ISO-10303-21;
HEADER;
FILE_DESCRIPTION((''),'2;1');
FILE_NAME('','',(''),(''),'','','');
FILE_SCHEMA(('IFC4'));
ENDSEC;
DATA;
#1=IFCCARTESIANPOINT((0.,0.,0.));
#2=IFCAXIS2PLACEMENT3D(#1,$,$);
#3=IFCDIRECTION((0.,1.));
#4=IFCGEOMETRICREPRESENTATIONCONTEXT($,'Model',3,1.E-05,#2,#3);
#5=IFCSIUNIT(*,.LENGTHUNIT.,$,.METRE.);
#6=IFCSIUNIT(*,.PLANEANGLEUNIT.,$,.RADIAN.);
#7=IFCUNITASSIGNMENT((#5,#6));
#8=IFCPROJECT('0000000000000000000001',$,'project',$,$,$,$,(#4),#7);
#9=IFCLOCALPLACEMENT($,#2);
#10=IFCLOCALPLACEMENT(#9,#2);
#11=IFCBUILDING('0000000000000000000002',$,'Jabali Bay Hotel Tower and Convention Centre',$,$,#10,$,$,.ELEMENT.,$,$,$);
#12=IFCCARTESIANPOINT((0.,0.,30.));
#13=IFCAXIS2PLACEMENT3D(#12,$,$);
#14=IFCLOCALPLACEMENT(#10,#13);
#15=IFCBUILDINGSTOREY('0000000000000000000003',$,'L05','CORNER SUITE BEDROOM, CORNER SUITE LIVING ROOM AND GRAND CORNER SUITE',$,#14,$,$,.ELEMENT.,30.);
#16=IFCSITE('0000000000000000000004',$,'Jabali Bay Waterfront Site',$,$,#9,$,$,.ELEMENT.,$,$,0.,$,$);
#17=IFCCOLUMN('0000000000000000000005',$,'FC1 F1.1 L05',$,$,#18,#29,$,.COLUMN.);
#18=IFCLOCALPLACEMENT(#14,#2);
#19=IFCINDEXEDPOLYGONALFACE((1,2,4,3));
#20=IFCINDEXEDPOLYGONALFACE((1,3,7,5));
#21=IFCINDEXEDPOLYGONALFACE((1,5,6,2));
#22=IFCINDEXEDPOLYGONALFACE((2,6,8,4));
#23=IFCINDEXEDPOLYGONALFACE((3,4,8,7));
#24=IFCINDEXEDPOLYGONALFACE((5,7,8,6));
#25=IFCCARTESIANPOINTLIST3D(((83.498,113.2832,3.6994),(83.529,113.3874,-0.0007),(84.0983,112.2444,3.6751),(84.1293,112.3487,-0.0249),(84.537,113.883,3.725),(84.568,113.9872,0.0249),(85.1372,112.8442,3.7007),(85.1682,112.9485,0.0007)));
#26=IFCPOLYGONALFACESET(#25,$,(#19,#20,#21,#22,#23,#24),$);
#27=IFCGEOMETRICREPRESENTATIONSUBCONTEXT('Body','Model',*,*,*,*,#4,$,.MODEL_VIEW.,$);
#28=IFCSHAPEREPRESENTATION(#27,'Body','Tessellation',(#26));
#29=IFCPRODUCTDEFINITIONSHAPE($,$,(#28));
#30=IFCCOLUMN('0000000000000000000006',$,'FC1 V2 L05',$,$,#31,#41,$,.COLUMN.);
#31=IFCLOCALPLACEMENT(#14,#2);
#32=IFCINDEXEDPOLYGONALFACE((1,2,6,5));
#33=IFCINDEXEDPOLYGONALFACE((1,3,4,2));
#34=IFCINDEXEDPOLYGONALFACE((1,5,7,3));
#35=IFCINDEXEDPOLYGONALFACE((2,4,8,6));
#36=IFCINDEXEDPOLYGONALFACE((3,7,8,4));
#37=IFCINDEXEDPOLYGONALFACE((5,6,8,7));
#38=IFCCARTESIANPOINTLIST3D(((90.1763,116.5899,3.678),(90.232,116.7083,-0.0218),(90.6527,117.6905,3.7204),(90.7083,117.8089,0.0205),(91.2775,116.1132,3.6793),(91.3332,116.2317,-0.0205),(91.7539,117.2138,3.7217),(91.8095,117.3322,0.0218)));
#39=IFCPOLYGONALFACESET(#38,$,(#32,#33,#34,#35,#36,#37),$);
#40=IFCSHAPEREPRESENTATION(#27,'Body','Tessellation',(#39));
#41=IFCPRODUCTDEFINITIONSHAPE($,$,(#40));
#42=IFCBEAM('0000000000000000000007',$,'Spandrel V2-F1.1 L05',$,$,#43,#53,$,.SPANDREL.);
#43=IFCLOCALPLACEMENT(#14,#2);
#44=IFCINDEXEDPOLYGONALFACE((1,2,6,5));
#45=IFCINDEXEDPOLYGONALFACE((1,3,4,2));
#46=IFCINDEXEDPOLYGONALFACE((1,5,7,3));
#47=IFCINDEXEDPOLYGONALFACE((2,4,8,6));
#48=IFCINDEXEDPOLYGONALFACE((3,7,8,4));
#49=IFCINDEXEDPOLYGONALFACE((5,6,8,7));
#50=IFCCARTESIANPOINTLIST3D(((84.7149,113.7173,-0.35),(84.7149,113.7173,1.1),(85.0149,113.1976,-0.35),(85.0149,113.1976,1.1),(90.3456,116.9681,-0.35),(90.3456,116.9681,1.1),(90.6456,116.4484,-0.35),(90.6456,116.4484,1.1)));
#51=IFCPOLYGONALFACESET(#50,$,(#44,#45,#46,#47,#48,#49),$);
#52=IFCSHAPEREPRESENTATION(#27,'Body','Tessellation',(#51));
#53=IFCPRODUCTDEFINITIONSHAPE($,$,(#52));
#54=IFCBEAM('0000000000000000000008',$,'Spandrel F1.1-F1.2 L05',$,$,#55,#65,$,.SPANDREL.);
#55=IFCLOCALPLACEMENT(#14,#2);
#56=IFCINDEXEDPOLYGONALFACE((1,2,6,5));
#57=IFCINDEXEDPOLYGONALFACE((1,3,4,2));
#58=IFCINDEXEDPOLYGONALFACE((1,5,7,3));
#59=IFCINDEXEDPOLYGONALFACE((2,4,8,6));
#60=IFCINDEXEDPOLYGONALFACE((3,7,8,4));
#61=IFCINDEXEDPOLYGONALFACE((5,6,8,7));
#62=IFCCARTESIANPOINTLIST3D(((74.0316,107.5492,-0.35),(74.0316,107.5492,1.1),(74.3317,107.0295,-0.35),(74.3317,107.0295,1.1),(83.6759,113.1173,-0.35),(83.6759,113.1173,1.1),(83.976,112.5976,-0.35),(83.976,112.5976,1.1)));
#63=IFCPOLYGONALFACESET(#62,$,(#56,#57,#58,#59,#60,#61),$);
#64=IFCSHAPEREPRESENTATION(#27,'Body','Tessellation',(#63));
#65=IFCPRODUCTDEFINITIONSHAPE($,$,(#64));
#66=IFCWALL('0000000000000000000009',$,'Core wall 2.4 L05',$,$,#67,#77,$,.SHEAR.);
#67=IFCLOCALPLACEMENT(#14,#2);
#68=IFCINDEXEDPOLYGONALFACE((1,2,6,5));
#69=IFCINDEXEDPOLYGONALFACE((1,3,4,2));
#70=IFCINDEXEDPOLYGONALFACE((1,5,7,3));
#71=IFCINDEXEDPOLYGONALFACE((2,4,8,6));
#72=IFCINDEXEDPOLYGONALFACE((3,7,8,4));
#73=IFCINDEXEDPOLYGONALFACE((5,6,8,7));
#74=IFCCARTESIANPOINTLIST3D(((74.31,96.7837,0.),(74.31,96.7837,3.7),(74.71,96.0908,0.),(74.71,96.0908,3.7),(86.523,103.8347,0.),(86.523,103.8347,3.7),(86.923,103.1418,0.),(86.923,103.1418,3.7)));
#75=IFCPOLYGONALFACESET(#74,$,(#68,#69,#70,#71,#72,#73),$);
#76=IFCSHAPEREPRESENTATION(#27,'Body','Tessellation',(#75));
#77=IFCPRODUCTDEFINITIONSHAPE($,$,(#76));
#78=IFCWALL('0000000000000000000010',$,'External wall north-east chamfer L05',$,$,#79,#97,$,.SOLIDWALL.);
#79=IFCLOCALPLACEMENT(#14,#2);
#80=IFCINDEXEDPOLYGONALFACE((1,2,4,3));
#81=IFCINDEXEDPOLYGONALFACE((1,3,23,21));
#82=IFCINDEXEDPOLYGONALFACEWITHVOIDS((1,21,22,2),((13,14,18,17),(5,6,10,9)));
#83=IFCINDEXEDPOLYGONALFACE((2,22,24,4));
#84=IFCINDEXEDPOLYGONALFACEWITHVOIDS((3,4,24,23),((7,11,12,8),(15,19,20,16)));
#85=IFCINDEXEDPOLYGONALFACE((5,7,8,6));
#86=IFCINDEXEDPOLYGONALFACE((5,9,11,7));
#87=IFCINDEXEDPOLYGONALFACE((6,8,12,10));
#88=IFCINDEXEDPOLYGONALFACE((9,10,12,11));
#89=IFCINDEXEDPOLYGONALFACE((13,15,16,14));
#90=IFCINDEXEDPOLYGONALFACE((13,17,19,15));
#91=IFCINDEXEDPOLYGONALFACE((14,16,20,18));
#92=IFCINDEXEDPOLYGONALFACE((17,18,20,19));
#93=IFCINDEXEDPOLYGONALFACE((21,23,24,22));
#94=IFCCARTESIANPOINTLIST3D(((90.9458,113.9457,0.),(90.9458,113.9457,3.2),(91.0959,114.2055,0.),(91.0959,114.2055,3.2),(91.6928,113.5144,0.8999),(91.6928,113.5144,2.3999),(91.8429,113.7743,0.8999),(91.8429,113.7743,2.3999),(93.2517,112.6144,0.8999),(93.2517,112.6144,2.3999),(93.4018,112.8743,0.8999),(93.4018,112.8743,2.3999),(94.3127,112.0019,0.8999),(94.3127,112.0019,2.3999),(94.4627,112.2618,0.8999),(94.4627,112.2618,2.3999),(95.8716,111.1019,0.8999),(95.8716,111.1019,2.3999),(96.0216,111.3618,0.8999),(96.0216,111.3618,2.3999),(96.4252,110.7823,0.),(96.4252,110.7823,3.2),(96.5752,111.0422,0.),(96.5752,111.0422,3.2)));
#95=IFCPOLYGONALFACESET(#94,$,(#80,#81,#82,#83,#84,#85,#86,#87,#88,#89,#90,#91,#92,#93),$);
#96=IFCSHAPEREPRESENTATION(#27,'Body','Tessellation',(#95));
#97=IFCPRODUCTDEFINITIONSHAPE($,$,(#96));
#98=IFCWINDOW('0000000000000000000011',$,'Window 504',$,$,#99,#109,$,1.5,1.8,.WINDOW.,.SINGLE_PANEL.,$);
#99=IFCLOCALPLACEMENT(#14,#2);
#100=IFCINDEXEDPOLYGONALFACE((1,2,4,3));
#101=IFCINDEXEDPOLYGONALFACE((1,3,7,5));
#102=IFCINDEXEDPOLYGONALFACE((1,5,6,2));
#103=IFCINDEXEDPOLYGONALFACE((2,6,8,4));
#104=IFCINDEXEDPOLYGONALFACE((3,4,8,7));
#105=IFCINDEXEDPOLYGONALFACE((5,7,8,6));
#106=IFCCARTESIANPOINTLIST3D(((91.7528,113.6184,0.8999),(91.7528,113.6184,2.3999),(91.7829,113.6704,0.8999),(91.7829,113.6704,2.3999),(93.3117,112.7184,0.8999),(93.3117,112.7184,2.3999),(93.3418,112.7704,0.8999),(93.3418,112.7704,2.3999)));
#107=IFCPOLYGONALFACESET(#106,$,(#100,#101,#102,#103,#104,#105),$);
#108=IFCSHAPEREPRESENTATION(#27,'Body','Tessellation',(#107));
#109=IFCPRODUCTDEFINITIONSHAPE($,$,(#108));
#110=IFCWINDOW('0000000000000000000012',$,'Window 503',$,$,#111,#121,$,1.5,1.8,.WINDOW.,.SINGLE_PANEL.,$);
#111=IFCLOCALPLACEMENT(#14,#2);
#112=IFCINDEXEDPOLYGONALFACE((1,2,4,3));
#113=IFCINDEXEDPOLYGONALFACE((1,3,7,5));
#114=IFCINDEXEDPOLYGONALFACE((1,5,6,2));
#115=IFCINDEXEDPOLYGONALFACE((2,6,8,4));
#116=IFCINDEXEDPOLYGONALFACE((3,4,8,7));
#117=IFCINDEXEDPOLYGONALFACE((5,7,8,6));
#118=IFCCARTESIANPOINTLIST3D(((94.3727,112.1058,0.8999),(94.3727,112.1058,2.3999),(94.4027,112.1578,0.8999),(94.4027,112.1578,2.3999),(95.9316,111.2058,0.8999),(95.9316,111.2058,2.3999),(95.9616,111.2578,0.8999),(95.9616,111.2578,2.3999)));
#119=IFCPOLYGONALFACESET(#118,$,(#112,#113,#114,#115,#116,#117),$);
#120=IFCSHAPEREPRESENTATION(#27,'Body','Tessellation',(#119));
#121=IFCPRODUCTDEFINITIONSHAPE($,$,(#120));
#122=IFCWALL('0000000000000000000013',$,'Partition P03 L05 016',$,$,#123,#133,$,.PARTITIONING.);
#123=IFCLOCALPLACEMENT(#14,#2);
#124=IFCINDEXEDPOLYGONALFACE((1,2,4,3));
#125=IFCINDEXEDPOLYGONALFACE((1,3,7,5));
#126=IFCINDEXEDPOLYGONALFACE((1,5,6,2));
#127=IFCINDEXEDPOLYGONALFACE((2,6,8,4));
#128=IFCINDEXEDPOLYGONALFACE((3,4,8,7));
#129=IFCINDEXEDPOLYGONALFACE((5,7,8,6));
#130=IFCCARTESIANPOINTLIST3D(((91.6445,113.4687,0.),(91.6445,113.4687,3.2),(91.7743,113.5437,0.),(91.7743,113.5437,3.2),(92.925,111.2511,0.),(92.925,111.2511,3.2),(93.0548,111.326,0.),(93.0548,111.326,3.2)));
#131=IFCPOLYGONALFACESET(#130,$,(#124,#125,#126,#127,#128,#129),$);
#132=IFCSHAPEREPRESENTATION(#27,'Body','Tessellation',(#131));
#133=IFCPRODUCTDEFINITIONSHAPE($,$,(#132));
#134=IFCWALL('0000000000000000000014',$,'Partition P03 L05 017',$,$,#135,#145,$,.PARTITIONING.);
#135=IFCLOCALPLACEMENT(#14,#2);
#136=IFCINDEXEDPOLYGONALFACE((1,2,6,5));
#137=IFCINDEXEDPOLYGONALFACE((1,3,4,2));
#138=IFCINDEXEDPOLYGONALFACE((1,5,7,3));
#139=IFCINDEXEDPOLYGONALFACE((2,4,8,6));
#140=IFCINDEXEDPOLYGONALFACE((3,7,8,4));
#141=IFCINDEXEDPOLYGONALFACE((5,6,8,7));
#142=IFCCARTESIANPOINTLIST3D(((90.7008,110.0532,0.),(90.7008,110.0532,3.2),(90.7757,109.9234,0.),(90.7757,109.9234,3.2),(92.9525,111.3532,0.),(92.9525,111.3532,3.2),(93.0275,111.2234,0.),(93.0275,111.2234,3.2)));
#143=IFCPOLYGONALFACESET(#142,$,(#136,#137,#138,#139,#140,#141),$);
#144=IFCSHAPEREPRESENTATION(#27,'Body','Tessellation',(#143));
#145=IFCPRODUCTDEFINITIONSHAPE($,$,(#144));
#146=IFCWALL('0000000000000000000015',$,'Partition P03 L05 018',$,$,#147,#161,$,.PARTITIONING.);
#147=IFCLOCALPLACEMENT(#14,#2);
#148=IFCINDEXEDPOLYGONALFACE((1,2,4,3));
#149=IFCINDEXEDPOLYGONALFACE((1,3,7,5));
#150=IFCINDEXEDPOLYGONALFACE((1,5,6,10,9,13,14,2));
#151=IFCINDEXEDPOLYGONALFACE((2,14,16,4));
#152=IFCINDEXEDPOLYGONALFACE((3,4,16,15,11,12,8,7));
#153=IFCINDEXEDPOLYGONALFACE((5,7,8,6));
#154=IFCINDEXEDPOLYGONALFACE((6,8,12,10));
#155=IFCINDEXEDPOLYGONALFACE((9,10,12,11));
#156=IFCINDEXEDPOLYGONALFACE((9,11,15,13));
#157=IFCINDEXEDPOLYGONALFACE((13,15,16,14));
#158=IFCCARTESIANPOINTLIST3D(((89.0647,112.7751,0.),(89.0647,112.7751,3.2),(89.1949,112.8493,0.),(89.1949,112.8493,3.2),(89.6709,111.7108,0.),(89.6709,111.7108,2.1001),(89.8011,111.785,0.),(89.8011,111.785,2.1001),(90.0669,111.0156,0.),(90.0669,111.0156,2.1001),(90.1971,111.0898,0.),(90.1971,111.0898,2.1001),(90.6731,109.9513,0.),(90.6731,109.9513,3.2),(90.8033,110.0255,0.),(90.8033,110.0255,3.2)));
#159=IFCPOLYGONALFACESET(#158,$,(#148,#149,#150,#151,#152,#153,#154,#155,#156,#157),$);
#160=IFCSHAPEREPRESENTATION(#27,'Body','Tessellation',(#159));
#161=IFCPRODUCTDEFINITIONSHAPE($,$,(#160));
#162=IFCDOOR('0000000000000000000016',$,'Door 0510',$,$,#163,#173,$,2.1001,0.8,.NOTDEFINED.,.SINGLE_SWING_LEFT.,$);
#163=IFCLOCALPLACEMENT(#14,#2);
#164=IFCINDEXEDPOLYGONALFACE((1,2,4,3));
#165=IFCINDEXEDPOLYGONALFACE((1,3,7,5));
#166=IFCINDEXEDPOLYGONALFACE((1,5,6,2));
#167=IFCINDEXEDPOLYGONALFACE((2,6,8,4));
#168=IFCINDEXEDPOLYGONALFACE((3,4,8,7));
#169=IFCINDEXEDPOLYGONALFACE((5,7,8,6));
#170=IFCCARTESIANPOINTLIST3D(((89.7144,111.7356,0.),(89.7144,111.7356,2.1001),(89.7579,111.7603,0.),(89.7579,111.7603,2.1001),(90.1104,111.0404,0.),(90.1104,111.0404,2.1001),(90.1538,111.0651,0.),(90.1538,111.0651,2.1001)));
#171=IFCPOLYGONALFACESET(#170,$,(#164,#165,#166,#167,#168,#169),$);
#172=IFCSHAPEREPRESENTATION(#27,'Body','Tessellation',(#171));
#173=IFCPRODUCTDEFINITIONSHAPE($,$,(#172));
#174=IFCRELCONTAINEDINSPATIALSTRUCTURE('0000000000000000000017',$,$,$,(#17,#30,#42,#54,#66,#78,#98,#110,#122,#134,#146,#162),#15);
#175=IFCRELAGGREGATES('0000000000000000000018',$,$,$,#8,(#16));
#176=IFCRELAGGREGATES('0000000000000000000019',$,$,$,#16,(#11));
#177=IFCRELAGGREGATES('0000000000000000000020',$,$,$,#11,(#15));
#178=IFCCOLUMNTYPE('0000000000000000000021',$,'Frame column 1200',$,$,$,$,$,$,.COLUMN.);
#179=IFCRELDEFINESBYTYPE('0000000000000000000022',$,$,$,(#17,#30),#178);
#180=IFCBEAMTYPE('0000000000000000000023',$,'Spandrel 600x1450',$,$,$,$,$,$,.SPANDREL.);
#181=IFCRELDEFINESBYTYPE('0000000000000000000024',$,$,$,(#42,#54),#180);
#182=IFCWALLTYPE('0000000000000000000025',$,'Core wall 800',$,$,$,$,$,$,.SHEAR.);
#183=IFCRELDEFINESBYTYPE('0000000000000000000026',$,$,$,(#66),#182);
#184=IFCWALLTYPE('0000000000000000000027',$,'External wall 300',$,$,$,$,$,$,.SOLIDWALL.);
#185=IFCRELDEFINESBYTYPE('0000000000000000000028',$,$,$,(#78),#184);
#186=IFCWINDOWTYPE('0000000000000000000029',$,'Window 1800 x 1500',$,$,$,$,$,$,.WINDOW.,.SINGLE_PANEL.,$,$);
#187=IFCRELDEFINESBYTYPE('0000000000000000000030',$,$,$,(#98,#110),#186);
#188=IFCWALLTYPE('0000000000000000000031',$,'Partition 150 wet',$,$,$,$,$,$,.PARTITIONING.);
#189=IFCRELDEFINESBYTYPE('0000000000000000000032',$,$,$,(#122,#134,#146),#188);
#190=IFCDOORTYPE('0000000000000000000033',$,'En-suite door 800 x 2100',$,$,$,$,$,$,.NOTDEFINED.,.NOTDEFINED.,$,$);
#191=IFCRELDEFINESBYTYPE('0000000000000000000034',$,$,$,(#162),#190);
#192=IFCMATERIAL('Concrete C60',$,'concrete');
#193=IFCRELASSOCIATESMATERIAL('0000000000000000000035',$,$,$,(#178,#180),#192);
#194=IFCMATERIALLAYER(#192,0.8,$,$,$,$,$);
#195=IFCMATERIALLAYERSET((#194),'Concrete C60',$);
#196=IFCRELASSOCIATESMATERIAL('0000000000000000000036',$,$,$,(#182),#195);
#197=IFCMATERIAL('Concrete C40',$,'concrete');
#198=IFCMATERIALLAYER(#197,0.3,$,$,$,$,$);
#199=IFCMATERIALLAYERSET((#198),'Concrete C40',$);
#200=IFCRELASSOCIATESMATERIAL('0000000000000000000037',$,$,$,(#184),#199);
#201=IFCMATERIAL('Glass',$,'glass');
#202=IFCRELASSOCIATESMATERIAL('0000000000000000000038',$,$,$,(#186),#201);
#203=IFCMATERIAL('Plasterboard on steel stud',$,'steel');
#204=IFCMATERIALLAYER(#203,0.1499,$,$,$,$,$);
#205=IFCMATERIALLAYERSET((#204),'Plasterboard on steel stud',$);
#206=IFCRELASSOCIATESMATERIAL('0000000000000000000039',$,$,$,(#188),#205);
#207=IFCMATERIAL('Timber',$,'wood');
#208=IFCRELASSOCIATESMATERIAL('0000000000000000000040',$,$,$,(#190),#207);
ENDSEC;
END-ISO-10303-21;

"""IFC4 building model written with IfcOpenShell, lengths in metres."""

from ifc_helpers import new_model, si_unit, direction, frame, frame_2d, origin, origin_2d, place, context, subcontext, project, spatial, rectangle, extrude, material, layer, layer_set, material_profile, profile_set, type_object, element, fill, save


model = new_model("IFC4")

# Units and contexts
model_context = context("Model", 3, precision=1e-05, world=origin(), true_north=direction((0.0, 1.0)))
body_context = subcontext(model_context, "Body", "Model", "MODEL_VIEW")
ifc_project = project(units=[si_unit("LENGTHUNIT", "METRE"), si_unit("PLANEANGLEUNIT", "RADIAN")], contexts=[model_context])

# Site, building, storey
site_placement = place(None, origin())
site = spatial("IfcSite", under=ifc_project, at=site_placement, Name="Jabali Bay Waterfront Site", CompositionType="ELEMENT", RefElevation=0.0)
building_placement = place(site_placement, origin())
building = spatial("IfcBuilding", under=site, at=building_placement, Name="Jabali Bay Hotel Tower and Convention Centre", CompositionType="ELEMENT")
storey_placement = place(building_placement, frame((0.0, 0.0, 30.0)))
storey = spatial("IfcBuildingStorey", under=building, at=storey_placement, Name="L05", Description="CORNER SUITE BEDROOM, CORNER SUITE LIVING ROOM AND GRAND CORNER SUITE", CompositionType="ELEMENT", Elevation=30.0)

# Columns
ifc_material_1 = material(Name="Concrete C60", Category="concrete")
ifc_material_profile_1 = material_profile(ifc_material_1, rectangle(XDim=1.2, YDim=1.2, at=origin_2d()), Name="Frame column 1200")
ifc_profile_set_1 = profile_set([ifc_material_profile_1], Name="Concrete C60")
column_type = type_object("IfcColumnType", Name="Frame column 1200", PredefinedType="COLUMN", material=ifc_profile_set_1)
column_1_placement = place(storey_placement, frame((84.3486, 113.168, 0.0), z_axis=(-0.008376, -0.028163, 0.999568), x_axis=(0.865851, 0.499847, 0.021339)))
element("IfcColumn", 1, at=column_1_placement, inside=storey, type_object=column_type, Name="FC1 F1.1 L05", PredefinedType="COLUMN", context=body_context, shape_type="SweptSolid", body=[
    extrude(rectangle(XDim=1.2, YDim=1.2, at=origin_2d()), origin(), (0.0, 0.0, 1.0), 3.7017),
])
column_2_placement = place(storey_placement, frame((91.0208, 117.0203, 0.0), z_axis=(-0.015035, -0.031983, 0.999375), x_axis=(0.91771, -0.39725, 0.001093)))
element("IfcColumn", 2, at=column_2_placement, inside=storey, type_object=column_type, Name="FC1 V2 L05", PredefinedType="COLUMN", context=body_context, shape_type="SweptSolid", body=[
    extrude(rectangle(XDim=1.2, YDim=1.2, at=origin_2d()), origin(), (0.0, 0.0, 1.0), 3.7021),
])

# Beams
ifc_material_profile_2 = material_profile(ifc_material_1, rectangle(XDim=0.6001, YDim=1.45, at=origin_2d()), Name="Spandrel 600x1450")
ifc_profile_set_2 = profile_set([ifc_material_profile_2], Name="Concrete C60")
beam_type = type_object("IfcBeamType", Name="Spandrel 600x1450", PredefinedType="SPANDREL", material=ifc_profile_set_2)
beam_1_placement = place(storey_placement, frame((90.4956, 116.7083, 0.375), z_axis=(-0.866032, -0.499988, 0.0), x_axis=(0.499988, -0.866032, 0.0)))
element("IfcBeam", 3, at=beam_1_placement, inside=storey, type_object=beam_type, Name="Spandrel V2-F1.1 L05", PredefinedType="SPANDREL", context=body_context, shape_type="SweptSolid", body=[
    extrude(rectangle(XDim=0.6001, YDim=1.45, at=origin_2d()), origin(), (0.0, 0.0, 1.0), 6.5017),
])
beam_2_placement = place(storey_placement, frame((83.8259, 112.8574, 0.375), z_axis=(-0.866026, -0.499999, 0.0), x_axis=(0.499999, -0.866026, 0.0)))
element("IfcBeam", 4, at=beam_2_placement, inside=storey, type_object=beam_type, Name="Spandrel F1.1-F1.2 L05", PredefinedType="SPANDREL", context=body_context, shape_type="SweptSolid", body=[
    extrude(rectangle(XDim=0.6001, YDim=1.45, at=origin_2d()), origin(), (0.0, 0.0, 1.0), 11.1362),
])

# Wall
ifc_layer_1 = layer(ifc_material_1, 0.8)
ifc_layer_set_1 = layer_set([ifc_layer_1], Name="Concrete C60")
wall_type_1 = type_object("IfcWallType", Name="Core wall 800", PredefinedType="SHEAR", material=ifc_layer_set_1)
wall_1_placement = place(storey_placement, frame((86.7231, 103.4883, 0.0), z_axis=(0.0, 0.0, 1.0), x_axis=(-0.866033, -0.499988, 0.0)))
element("IfcWall", 5, at=wall_1_placement, inside=storey, type_object=wall_type_1, Name="Core wall 2.4 L05", PredefinedType="SHEAR", context=body_context, shape_type="SweptSolid", body=[
    extrude(rectangle(XDim=14.1023, YDim=0.8, at=frame_2d((7.0513, 0.0))), origin(), (0.0, 0.0, 1.0), 3.7),
])

# Wall, openings, windows
ifc_material_2 = material(Name="Concrete C40", Category="concrete")
ifc_layer_2 = layer(ifc_material_2, 0.3)
ifc_layer_set_2 = layer_set([ifc_layer_2], Name="Concrete C40")
wall_type_2 = type_object("IfcWallType", Name="External wall 300", PredefinedType="SOLIDWALL", material=ifc_layer_set_2)
wall_2_placement = place(storey_placement, frame((91.0208, 114.0757, 0.0), z_axis=(0.0, 0.0, 1.0), x_axis=(0.866033, -0.499986, 0.0)))
wall_2 = element("IfcWall", 6, at=wall_2_placement, inside=storey, type_object=wall_type_2, Name="External wall north-east chamfer L05", PredefinedType="SOLIDWALL", context=body_context, shape_type="SweptSolid", body=[
    extrude(rectangle(XDim=6.3269, YDim=0.3, at=frame_2d((3.1636, 0.0))), origin(), (0.0, 0.0, 1.0), 3.2),
])
opening_1_placement = place(wall_2_placement, frame((0.8628, 0.0, 0.8999)))
opening_1 = element("IfcOpeningElement", 7, at=opening_1_placement, cuts=wall_2, PredefinedType="OPENING", context=body_context, shape_type="SweptSolid", body=[
    extrude(rectangle(XDim=1.8, YDim=1.5, at=frame_2d((0.8999, 0.75))), frame((0.0, 0.1606, 0.0), z_axis=(0.0, -1.0, 0.0), x_axis=(1.0, 0.0, 0.0)), (0.0, 0.0, 1.0), 0.321),
])
opening_2_placement = place(wall_2_placement, frame((3.8879, 0.0, 0.8999)))
opening_2 = element("IfcOpeningElement", 8, at=opening_2_placement, cuts=wall_2, PredefinedType="OPENING", context=body_context, shape_type="SweptSolid", body=[
    extrude(rectangle(XDim=1.8, YDim=1.5, at=frame_2d((0.8999, 0.75))), frame((0.0, 0.1606, 0.0), z_axis=(0.0, -1.0, 0.0), x_axis=(1.0, 0.0, 0.0)), (0.0, 0.0, 1.0), 0.321),
])
ifc_material_3 = material(Name="Glass", Category="glass")
window_type = type_object("IfcWindowType", Name="Window 1800 x 1500", PartitioningType="SINGLE_PANEL", PredefinedType="WINDOW", material=ifc_material_3)
window_1_placement = place(opening_1_placement, origin())
window_1 = element("IfcWindow", 9, at=window_1_placement, inside=storey, type_object=window_type, Name="Window 504", OverallHeight=1.5, OverallWidth=1.8, PartitioningType="SINGLE_PANEL", PredefinedType="WINDOW", context=body_context, shape_type="SweptSolid", body=[
    extrude(rectangle(XDim=1.8, YDim=1.5, at=frame_2d((0.8999, 0.75))), frame((0.0, 0.03, 0.0), z_axis=(0.0, -1.0, 0.0), x_axis=(1.0, 0.0, 0.0)), (0.0, 0.0, 1.0), 0.0601),
])
fill(opening_1, window_1)
window_2_placement = place(opening_2_placement, origin())
window_2 = element("IfcWindow", 10, at=window_2_placement, inside=storey, type_object=window_type, Name="Window 503", OverallHeight=1.5, OverallWidth=1.8, PartitioningType="SINGLE_PANEL", PredefinedType="WINDOW", context=body_context, shape_type="SweptSolid", body=[
    extrude(rectangle(XDim=1.8, YDim=1.5, at=frame_2d((0.8999, 0.75))), frame((0.0, 0.03, 0.0), z_axis=(0.0, -1.0, 0.0), x_axis=(1.0, 0.0, 0.0)), (0.0, 0.0, 1.0), 0.0601),
])
fill(opening_2, window_2)

# Walls
ifc_material_4 = material(Name="Plasterboard on steel stud", Category="steel")
ifc_layer_3 = layer(ifc_material_4, 0.1499)
ifc_layer_set_3 = layer_set([ifc_layer_3], Name="Plasterboard on steel stud")
wall_type_3 = type_object("IfcWallType", Name="Partition 150 wet", PredefinedType="PARTITIONING", material=ifc_layer_set_3)
wall_3_placement = place(storey_placement, frame((91.7095, 113.5061, 0.0), z_axis=(0.0, 0.0, 1.0), x_axis=(0.500025, -0.866011, 0.0)))
element("IfcWall", 11, at=wall_3_placement, inside=storey, type_object=wall_type_3, Name="Partition P03 L05 016", PredefinedType="PARTITIONING", context=body_context, shape_type="SweptSolid", body=[
    extrude(rectangle(XDim=2.5608, YDim=0.1499, at=frame_2d((1.2803, 0.0))), origin(), (0.0, 0.0, 1.0), 3.2),
])
wall_4_placement = place(storey_placement, frame((92.99, 111.2883, 0.0), z_axis=(0.0, 0.0, 1.0), x_axis=(-0.866021, -0.500007, 0.0)))
element("IfcWall", 12, at=wall_4_placement, inside=storey, type_object=wall_type_3, Name="Partition P03 L05 017", PredefinedType="PARTITIONING", context=body_context, shape_type="SweptSolid", body=[
    extrude(rectangle(XDim=2.6001, YDim=0.1499, at=frame_2d((1.3, 0.0))), origin(), (0.0, 0.0, 1.0), 3.2),
])

# Wall, opening, door
wall_5_placement = place(storey_placement, frame((90.7383, 109.9883, 0.0), z_axis=(0.0, 0.0, 1.0), x_axis=(-0.494941, 0.868927, 0.0)))
wall_5 = element("IfcWall", 13, at=wall_5_placement, inside=storey, type_object=wall_type_3, Name="Partition P03 L05 018", PredefinedType="PARTITIONING", context=body_context, shape_type="SweptSolid", body=[
    extrude(rectangle(XDim=3.2498, YDim=0.1499, at=frame_2d((1.625, 0.0))), origin(), (0.0, 0.0, 1.0), 3.2),
])
opening_3_placement = place(wall_5_placement, frame((1.2251, 0.0, 0.0)))
opening_3 = element("IfcOpeningElement", 14, at=opening_3_placement, cuts=wall_5, PredefinedType="OPENING", context=body_context, shape_type="SweptSolid", body=[
    extrude(rectangle(XDim=0.8, YDim=2.1001, at=frame_2d((0.3999, 1.05))), frame((0.0, 0.0854, 0.0), z_axis=(0.0, -1.0, 0.0), x_axis=(1.0, 0.0, 0.0)), (0.0, 0.0, 1.0), 0.1709),
])
ifc_material_5 = material(Name="Timber", Category="wood")
door_type = type_object("IfcDoorType", Name="En-suite door 800 x 2100", OperationType="NOTDEFINED", PredefinedType="NOTDEFINED", material=ifc_material_5)
door_placement = place(opening_3_placement, origin())
door = element("IfcDoor", 15, at=door_placement, inside=storey, type_object=door_type, Name="Door 0510", OperationType="SINGLE_SWING_LEFT", OverallHeight=2.1001, OverallWidth=0.8, PredefinedType="NOTDEFINED", context=body_context, shape_type="SweptSolid", body=[
    extrude(rectangle(XDim=0.8, YDim=2.1001, at=frame_2d((0.3999, 1.05))), frame((0.0, 0.0249, 0.0), z_axis=(0.0, -1.0, 0.0), x_axis=(1.0, 0.0, 0.0)), (0.0, 0.0, 1.0), 0.05),
])
fill(opening_3, door)

save(model, "model.ifc")
